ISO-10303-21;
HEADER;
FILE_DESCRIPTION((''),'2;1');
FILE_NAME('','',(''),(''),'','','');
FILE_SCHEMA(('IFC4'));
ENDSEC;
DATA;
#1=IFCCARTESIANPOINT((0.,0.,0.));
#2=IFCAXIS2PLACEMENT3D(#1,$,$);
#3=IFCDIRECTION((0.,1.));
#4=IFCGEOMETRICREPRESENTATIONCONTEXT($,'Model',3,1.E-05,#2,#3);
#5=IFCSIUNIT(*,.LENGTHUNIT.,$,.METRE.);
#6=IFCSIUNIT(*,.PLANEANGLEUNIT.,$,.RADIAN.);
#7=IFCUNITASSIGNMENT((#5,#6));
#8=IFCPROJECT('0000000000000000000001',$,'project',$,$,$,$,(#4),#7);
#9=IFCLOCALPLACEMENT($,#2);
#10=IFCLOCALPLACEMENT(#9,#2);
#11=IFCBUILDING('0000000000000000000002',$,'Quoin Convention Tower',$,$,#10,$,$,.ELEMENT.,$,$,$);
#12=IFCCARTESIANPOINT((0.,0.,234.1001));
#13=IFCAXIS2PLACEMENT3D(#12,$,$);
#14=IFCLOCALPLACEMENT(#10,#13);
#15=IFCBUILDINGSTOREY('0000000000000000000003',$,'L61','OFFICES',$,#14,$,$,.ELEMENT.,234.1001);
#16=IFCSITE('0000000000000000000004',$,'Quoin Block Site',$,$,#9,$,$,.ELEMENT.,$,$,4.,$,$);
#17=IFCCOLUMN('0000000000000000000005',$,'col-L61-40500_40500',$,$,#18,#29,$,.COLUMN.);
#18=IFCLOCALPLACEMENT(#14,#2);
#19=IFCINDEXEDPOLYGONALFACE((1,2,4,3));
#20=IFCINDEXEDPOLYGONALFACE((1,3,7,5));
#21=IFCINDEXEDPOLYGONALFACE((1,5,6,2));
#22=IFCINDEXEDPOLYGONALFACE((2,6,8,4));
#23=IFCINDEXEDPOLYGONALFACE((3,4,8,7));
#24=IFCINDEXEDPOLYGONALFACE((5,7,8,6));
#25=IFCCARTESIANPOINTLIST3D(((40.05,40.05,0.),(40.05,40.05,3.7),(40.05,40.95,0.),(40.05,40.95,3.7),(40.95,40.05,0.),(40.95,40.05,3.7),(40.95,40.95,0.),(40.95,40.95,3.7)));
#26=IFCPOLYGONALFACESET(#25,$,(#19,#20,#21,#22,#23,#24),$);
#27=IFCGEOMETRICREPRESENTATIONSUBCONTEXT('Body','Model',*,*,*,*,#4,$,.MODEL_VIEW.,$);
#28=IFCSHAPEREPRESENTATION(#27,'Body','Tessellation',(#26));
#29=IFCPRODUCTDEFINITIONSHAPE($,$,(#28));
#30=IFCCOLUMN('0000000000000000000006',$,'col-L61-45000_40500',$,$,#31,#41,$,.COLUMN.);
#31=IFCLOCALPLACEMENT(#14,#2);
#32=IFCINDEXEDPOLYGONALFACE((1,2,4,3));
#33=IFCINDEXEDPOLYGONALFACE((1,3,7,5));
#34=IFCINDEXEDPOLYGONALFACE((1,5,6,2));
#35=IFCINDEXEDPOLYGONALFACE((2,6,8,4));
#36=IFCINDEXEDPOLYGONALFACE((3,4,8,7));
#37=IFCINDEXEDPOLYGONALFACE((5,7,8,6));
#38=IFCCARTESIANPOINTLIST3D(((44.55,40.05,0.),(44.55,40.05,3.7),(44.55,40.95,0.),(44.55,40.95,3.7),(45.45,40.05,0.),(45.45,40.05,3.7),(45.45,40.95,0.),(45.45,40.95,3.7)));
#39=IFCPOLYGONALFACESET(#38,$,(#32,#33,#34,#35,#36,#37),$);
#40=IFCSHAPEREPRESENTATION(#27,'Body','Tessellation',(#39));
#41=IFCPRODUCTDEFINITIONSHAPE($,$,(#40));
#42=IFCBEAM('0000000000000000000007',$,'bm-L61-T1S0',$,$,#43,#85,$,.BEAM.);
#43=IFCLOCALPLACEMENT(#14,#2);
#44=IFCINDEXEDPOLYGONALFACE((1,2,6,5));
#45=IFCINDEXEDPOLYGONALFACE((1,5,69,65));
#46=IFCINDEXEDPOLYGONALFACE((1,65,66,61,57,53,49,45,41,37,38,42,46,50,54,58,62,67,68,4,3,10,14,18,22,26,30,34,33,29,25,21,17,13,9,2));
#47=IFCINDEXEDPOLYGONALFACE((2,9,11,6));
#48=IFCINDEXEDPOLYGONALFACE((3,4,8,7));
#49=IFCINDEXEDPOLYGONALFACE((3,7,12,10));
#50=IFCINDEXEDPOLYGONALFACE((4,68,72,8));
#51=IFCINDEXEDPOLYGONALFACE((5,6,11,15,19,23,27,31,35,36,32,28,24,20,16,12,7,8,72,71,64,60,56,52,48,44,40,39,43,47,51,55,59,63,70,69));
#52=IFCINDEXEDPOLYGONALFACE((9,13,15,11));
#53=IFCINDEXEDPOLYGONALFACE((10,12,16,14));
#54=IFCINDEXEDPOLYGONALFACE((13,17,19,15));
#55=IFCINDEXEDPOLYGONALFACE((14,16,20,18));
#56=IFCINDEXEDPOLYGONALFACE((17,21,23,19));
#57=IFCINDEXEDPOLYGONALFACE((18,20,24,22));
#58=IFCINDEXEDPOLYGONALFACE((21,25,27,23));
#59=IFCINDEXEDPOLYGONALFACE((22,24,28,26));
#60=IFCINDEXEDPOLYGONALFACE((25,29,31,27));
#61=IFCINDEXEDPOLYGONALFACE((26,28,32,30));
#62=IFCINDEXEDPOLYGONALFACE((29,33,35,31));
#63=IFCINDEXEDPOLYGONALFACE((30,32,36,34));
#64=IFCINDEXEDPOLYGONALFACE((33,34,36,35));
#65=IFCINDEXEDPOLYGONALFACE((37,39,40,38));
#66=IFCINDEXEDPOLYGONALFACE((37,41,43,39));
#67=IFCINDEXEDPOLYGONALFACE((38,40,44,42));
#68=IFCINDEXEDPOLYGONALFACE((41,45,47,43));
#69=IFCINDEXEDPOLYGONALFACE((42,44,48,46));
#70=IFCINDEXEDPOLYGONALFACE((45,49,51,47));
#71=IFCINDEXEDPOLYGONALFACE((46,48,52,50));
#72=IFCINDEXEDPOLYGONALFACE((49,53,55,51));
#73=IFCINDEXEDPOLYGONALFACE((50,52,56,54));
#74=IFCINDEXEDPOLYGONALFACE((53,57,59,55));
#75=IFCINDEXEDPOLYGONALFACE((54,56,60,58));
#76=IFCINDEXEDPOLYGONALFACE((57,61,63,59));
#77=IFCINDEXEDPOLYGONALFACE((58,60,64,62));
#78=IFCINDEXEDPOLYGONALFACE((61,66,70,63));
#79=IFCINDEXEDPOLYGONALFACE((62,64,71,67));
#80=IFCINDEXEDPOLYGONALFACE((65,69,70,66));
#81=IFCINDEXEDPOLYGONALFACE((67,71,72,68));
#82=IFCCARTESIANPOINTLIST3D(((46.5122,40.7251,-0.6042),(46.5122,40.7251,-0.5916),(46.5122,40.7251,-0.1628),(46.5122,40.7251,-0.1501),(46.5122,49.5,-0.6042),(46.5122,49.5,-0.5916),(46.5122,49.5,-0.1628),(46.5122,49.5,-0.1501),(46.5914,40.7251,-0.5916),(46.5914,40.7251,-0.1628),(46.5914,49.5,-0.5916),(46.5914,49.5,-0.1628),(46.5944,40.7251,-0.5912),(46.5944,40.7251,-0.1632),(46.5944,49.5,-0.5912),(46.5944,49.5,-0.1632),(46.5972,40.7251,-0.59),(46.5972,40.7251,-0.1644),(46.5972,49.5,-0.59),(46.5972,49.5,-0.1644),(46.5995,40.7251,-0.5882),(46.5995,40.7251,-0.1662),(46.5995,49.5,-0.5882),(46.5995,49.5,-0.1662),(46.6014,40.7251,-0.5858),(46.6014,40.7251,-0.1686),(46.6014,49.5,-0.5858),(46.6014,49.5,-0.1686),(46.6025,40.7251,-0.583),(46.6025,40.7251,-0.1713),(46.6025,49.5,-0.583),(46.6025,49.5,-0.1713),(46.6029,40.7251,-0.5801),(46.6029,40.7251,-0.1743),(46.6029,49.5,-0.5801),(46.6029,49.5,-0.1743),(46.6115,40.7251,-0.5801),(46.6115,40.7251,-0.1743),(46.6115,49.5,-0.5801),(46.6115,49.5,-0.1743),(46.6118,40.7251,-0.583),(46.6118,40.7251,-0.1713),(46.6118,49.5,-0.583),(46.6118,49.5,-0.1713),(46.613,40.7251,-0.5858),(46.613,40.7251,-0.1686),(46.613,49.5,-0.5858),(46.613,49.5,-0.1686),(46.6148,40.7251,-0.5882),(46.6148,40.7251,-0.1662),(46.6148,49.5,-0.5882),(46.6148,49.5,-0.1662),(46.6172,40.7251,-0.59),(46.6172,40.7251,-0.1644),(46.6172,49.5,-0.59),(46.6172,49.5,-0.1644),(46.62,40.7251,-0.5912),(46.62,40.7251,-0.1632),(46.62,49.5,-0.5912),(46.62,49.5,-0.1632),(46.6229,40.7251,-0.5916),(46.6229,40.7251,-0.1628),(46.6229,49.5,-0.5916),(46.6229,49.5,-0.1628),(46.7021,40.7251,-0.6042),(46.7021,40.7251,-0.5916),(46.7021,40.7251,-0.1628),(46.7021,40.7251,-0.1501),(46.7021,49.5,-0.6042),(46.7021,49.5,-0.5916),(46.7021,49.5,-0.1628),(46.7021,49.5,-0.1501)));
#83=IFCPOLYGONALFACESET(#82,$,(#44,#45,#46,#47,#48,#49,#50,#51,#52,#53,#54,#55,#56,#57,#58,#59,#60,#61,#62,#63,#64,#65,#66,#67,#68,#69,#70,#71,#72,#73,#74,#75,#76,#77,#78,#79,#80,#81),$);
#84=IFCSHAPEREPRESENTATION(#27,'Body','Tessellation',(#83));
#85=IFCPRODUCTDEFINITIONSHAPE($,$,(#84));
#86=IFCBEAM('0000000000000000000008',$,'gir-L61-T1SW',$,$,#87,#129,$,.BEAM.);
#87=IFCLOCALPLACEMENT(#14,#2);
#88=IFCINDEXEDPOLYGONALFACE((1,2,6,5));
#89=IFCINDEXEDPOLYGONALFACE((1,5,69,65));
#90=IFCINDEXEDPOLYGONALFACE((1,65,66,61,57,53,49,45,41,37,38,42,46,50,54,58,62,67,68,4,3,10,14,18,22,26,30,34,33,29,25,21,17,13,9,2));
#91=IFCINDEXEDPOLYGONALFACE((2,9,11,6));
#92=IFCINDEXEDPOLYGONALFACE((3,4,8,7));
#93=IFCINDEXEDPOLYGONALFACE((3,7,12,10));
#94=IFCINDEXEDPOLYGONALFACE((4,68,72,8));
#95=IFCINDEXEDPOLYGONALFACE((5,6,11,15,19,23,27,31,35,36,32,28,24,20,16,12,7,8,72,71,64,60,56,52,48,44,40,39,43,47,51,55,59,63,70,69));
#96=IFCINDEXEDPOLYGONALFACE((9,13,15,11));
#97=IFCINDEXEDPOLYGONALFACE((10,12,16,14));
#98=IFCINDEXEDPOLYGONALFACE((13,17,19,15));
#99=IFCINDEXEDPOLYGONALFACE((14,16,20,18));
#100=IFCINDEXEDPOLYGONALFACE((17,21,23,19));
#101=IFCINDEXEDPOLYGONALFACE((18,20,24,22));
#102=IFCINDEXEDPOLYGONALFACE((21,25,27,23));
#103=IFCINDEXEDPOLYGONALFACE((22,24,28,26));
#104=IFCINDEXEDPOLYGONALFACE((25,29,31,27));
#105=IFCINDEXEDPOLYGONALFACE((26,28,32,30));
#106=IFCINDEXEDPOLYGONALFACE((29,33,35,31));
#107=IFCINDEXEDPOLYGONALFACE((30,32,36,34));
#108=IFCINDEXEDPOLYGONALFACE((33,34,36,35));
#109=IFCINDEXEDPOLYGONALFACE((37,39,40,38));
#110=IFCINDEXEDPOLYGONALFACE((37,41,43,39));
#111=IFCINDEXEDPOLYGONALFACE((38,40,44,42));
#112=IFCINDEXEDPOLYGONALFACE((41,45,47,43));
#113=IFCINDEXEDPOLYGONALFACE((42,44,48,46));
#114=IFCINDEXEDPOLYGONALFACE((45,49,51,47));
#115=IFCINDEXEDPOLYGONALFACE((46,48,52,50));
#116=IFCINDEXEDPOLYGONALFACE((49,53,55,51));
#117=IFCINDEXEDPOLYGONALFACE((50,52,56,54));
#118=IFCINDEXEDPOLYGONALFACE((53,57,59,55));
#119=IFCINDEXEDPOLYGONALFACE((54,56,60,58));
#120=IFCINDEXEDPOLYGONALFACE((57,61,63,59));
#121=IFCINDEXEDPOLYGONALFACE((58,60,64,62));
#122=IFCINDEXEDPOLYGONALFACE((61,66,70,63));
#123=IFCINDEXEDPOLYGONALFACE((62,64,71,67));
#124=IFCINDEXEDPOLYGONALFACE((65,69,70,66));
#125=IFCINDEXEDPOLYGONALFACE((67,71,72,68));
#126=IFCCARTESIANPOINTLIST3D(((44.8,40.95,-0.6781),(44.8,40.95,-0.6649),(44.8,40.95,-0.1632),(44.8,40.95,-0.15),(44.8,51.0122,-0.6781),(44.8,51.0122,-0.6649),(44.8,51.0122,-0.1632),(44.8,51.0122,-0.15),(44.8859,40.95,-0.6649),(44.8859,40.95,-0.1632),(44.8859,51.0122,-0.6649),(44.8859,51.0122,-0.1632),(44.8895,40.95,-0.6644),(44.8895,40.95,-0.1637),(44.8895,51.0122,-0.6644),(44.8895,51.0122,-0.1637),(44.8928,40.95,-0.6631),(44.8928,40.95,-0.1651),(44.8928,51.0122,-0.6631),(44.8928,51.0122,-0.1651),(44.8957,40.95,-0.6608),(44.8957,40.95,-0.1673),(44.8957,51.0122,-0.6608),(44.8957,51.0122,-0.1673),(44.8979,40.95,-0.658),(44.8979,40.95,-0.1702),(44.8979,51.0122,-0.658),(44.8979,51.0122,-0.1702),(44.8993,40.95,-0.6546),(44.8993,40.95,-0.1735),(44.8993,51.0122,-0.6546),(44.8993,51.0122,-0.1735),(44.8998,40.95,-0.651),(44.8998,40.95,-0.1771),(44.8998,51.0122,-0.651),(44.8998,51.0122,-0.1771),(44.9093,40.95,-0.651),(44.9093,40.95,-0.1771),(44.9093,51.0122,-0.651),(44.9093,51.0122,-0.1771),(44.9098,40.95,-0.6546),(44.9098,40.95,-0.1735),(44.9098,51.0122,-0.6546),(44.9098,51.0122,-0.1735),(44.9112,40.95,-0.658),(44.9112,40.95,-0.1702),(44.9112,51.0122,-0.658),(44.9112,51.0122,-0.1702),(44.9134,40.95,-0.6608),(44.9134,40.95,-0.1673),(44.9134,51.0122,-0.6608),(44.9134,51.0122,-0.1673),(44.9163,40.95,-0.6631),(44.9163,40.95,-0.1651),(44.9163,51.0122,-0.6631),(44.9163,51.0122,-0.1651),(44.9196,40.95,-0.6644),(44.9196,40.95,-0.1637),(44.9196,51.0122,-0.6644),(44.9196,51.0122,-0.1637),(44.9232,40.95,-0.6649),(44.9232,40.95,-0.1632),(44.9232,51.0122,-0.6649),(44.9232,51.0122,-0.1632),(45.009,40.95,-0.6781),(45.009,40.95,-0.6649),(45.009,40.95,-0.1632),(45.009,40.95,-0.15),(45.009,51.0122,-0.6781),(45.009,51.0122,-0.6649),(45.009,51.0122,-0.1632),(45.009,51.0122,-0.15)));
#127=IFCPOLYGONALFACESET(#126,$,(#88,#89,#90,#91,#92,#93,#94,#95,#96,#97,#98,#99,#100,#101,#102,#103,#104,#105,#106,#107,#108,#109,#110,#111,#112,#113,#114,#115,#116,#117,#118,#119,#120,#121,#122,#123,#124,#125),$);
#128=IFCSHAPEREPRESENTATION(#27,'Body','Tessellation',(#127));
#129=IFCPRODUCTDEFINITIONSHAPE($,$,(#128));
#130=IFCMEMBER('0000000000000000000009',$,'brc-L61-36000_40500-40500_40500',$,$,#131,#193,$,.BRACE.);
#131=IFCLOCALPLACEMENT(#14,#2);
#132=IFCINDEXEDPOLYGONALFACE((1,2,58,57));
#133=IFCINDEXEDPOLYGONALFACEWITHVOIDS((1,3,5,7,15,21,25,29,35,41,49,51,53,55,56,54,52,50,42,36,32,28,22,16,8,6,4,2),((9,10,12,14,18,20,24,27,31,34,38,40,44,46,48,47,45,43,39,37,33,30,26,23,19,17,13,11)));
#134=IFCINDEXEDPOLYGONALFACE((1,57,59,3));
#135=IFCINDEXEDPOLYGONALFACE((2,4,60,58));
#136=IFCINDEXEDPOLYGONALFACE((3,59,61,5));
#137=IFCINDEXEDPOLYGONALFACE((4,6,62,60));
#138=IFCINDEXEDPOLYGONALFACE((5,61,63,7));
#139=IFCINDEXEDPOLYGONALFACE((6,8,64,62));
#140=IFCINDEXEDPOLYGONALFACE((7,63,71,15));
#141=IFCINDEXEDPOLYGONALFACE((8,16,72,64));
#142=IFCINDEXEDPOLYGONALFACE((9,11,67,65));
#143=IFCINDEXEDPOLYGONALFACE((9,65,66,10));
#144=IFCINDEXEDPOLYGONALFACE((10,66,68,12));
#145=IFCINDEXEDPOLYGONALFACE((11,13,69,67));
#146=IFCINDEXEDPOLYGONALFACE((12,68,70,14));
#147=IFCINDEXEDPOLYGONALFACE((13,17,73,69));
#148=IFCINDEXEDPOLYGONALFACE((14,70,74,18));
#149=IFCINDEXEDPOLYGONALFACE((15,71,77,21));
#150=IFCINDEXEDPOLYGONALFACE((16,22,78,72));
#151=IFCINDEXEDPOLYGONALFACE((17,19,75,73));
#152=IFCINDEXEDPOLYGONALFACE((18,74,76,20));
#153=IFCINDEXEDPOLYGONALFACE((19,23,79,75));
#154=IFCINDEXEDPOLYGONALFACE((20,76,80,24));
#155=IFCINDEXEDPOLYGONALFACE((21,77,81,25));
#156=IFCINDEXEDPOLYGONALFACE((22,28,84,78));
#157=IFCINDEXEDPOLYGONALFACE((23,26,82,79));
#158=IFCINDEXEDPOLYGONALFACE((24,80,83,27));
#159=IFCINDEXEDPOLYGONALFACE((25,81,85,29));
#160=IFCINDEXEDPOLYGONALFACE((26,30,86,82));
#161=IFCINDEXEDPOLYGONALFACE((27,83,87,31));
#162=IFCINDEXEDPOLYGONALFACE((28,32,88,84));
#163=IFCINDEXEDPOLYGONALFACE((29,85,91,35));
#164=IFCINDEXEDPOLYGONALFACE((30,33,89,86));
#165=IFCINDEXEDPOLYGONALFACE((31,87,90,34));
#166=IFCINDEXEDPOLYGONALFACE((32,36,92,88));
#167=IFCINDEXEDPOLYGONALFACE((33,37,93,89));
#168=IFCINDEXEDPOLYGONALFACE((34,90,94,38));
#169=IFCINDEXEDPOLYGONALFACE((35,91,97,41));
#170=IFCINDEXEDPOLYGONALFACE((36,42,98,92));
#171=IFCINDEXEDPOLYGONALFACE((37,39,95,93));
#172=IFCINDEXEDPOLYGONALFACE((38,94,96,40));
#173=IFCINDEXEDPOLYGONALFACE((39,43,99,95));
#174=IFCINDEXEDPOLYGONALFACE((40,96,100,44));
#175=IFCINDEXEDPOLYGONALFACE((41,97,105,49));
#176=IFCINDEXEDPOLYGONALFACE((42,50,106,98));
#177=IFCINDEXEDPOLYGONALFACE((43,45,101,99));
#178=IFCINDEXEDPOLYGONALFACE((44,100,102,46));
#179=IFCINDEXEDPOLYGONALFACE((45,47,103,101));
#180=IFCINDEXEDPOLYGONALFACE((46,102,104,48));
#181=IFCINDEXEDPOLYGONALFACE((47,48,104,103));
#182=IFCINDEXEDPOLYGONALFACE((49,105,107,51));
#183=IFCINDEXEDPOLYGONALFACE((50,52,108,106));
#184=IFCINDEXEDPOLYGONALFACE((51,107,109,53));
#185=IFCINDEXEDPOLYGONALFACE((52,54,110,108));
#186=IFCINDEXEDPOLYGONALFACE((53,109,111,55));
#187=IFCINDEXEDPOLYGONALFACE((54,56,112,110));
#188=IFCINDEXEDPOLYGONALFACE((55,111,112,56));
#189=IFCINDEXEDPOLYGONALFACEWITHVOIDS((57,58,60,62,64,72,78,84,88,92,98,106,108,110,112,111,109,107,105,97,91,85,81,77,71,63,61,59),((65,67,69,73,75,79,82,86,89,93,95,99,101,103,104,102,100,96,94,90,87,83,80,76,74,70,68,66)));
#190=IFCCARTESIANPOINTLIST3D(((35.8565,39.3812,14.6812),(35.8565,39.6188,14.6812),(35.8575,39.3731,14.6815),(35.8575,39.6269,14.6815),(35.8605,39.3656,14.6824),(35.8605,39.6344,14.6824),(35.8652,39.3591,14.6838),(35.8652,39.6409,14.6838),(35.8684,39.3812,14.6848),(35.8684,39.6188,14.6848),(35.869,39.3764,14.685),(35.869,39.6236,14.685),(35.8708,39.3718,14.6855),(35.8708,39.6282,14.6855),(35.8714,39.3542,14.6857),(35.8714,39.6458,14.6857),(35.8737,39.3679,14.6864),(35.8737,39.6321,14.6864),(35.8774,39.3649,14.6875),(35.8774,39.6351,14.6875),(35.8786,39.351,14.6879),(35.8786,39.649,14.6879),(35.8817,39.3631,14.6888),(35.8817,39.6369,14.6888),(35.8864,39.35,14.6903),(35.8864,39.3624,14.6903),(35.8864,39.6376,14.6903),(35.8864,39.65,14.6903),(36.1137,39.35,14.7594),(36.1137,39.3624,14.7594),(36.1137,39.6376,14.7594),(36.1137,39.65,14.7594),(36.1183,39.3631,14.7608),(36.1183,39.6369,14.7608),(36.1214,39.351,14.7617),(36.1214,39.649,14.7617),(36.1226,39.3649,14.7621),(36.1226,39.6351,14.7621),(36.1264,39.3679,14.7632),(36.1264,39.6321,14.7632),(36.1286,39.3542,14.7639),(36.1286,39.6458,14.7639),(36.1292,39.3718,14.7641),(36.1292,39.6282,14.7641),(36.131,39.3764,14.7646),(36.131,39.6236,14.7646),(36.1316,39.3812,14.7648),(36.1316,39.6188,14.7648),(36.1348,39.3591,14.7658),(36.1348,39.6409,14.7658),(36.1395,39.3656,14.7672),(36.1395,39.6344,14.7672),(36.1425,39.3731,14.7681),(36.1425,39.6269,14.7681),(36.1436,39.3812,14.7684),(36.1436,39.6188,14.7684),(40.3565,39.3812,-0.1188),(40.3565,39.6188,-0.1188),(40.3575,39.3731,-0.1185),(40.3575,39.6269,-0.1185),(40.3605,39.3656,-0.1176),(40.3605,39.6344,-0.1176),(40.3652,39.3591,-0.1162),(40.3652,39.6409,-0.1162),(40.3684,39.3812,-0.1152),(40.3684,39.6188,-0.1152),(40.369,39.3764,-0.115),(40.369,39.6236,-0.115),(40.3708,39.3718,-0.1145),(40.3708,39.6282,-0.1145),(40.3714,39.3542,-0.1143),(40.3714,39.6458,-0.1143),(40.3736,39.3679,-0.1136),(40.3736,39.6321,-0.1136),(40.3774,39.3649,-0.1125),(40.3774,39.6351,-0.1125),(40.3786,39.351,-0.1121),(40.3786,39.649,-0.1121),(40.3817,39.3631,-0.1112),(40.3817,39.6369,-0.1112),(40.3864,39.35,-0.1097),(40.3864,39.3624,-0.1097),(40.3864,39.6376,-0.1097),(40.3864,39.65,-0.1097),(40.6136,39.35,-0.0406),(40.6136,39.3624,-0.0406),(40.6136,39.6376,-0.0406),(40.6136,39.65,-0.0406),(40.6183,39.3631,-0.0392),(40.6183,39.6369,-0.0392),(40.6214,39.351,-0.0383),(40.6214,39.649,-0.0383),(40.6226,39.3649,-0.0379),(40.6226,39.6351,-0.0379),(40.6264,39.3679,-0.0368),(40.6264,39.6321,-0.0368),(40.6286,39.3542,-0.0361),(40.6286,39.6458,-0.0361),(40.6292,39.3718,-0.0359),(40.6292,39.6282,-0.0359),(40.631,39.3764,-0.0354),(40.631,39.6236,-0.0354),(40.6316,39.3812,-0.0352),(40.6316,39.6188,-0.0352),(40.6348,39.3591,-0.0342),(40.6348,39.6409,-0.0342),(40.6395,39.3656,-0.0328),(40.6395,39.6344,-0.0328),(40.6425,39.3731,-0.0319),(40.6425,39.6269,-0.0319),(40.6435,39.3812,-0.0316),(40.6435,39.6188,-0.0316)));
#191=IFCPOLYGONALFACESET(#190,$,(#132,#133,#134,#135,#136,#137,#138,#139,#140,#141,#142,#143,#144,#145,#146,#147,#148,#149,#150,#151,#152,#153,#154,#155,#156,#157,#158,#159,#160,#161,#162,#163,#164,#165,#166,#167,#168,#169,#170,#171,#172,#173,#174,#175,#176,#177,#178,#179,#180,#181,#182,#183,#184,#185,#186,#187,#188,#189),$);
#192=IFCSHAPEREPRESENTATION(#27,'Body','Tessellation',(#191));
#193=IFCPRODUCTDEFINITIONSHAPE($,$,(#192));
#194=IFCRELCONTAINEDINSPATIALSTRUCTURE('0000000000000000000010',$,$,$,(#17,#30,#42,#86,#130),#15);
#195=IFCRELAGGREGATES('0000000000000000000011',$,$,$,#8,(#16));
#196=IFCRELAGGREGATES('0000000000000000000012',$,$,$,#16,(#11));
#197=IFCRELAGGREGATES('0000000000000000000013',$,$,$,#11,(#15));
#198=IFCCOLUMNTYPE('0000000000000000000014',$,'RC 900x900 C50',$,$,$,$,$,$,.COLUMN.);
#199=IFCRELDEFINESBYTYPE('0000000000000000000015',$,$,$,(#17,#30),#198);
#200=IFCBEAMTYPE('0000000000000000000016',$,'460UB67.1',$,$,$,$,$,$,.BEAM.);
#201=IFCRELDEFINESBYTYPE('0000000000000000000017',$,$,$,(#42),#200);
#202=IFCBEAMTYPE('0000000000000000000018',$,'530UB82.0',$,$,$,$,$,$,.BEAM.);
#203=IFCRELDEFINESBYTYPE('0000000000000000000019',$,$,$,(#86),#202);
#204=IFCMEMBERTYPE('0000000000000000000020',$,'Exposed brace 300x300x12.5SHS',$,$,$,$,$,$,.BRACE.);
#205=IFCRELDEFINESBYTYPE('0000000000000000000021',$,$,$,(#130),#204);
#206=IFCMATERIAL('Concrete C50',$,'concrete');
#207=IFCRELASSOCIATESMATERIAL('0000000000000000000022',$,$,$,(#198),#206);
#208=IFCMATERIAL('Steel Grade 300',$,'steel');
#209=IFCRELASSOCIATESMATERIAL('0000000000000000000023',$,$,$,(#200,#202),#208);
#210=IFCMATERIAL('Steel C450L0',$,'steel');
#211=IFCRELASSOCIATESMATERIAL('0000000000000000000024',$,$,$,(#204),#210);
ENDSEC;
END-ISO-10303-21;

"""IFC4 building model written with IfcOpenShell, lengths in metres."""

from ifc_helpers import new_model, si_unit, direction, frame, origin, origin_2d, place, context, subcontext, project, spatial, rectangle, hollow_rectangle, i_section, extrude, material, material_profile, profile_set, type_object, element, save


model = new_model("IFC4")

# Units and contexts
model_context = context("Model", 3, precision=1e-05, world=origin(), true_north=direction((0.0, 1.0)))
body_context = subcontext(model_context, "Body", "Model", "MODEL_VIEW")
ifc_project = project(units=[si_unit("LENGTHUNIT", "METRE"), si_unit("PLANEANGLEUNIT", "RADIAN")], contexts=[model_context])

# Site, building, storey
site_placement = place(None, origin())
site = spatial("IfcSite", under=ifc_project, at=site_placement, Name="Quoin Block Site", CompositionType="ELEMENT", RefElevation=4.0)
building_placement = place(site_placement, origin())
building = spatial("IfcBuilding", under=site, at=building_placement, Name="Quoin Convention Tower", CompositionType="ELEMENT")
storey_placement = place(building_placement, frame((0.0, 0.0, 234.1001)))
storey = spatial("IfcBuildingStorey", under=building, at=storey_placement, Name="L61", Description="OFFICES", CompositionType="ELEMENT", Elevation=234.1001)

# Columns
ifc_material_1 = material(Name="Concrete C50", Category="concrete")
ifc_material_profile_1 = material_profile(ifc_material_1, rectangle(XDim=0.8999, YDim=0.8999, at=origin_2d()), Name="RC 900x900")
ifc_profile_set_1 = profile_set([ifc_material_profile_1], Name="Concrete C50")
column_type = type_object("IfcColumnType", Name="RC 900x900 C50", PredefinedType="COLUMN", material=ifc_profile_set_1)
for number, where, z_axis, x_axis, name in (
    (1, (40.5, 40.5, 0.0), (0.0, 0.0, 1.0), (1.0, 0.0, 0.0), "col-L61-40500_40500"),
    (2, (45.0, 40.5, 0.0), (0.0, 0.0, 1.0), (1.0, 0.0, 0.0), "col-L61-45000_40500"),
):
    element("IfcColumn", number, at=place(storey_placement, frame(where, z_axis=z_axis, x_axis=x_axis)), inside=storey, type_object=column_type, Name=name, PredefinedType="COLUMN", context=body_context, shape_type="SweptSolid", body=[
        extrude(rectangle(XDim=0.8999, YDim=0.8999, at=origin_2d()), origin(), (0.0, 0.0, 1.0), 3.7),
    ])

# Beams
ifc_material_2 = material(Name="Steel Grade 300", Category="steel")
ifc_material_profile_2 = material_profile(ifc_material_2, i_section(OverallWidth=0.1899, OverallDepth=0.4541, WebThickness=0.0085, FlangeThickness=0.0127, FilletRadius=0.0115, at=origin_2d()), Name="460UB67.1")
ifc_profile_set_2 = profile_set([ifc_material_profile_2], Name="Steel Grade 300")
beam_type_1 = type_object("IfcBeamType", Name="460UB67.1", PredefinedType="BEAM", material=ifc_profile_set_2)
beam_1_placement = place(storey_placement, frame((46.6072, 40.7251, -0.3772), z_axis=(0.0, 1.0, 0.0), x_axis=(-1.0, 0.0, 0.0)))
element("IfcBeam", 3, at=beam_1_placement, inside=storey, type_object=beam_type_1, Name="bm-L61-T1S0", PredefinedType="BEAM", context=body_context, shape_type="SweptSolid", body=[
    extrude(i_section(OverallWidth=0.1899, OverallDepth=0.4541, WebThickness=0.0085, FlangeThickness=0.0127, FilletRadius=0.0115, at=origin_2d()), origin(), (0.0, 0.0, 1.0), 8.7749),
])
ifc_material_profile_3 = material_profile(ifc_material_2, i_section(OverallWidth=0.209, OverallDepth=0.5281, WebThickness=0.0095, FlangeThickness=0.0132, FilletRadius=0.0139, at=origin_2d()), Name="530UB82.0")
ifc_profile_set_3 = profile_set([ifc_material_profile_3], Name="Steel Grade 300")
beam_type_2 = type_object("IfcBeamType", Name="530UB82.0", PredefinedType="BEAM", material=ifc_profile_set_3)
beam_2_placement = place(storey_placement, frame((44.9045, 40.95, -0.4141), z_axis=(0.0, 1.0, 0.0), x_axis=(-1.0, 0.0, 0.0)))
element("IfcBeam", 4, at=beam_2_placement, inside=storey, type_object=beam_type_2, Name="gir-L61-T1SW", PredefinedType="BEAM", context=body_context, shape_type="SweptSolid", body=[
    extrude(i_section(OverallWidth=0.209, OverallDepth=0.5281, WebThickness=0.0095, FlangeThickness=0.0132, FilletRadius=0.0139, at=origin_2d()), origin(), (0.0, 0.0, 1.0), 10.0623),
])

# Member
ifc_material_3 = material(Name="Steel C450L0", Category="steel")
ifc_material_profile_4 = material_profile(ifc_material_3, hollow_rectangle(XDim=0.3, YDim=0.3, WallThickness=0.0125, InnerFilletRadius=0.0188, OuterFilletRadius=0.0312, at=origin_2d()), Name="300x300x12.5SHS")
ifc_profile_set_4 = profile_set([ifc_material_profile_4], Name="Steel C450L0")
member_type = type_object("IfcMemberType", Name="Exposed brace 300x300x12.5SHS", PredefinedType="BRACE", material=ifc_profile_set_4)
member_placement = place(storey_placement, frame((40.5, 39.5, -0.0752), z_axis=(-0.290903, 0.0, 0.956752), x_axis=(0.0, -1.0, 0.0)))
element("IfcMember", 5, at=member_placement, inside=storey, type_object=member_type, Name="brc-L61-36000_40500-40500_40500", PredefinedType="BRACE", context=body_context, shape_type="SweptSolid", body=[
    extrude(hollow_rectangle(XDim=0.3, YDim=0.3, WallThickness=0.0125, InnerFilletRadius=0.0188, OuterFilletRadius=0.0312, at=origin_2d()), origin(), (0.0, 0.0, 1.0), 15.469),
])

save(model, "model.ifc")
